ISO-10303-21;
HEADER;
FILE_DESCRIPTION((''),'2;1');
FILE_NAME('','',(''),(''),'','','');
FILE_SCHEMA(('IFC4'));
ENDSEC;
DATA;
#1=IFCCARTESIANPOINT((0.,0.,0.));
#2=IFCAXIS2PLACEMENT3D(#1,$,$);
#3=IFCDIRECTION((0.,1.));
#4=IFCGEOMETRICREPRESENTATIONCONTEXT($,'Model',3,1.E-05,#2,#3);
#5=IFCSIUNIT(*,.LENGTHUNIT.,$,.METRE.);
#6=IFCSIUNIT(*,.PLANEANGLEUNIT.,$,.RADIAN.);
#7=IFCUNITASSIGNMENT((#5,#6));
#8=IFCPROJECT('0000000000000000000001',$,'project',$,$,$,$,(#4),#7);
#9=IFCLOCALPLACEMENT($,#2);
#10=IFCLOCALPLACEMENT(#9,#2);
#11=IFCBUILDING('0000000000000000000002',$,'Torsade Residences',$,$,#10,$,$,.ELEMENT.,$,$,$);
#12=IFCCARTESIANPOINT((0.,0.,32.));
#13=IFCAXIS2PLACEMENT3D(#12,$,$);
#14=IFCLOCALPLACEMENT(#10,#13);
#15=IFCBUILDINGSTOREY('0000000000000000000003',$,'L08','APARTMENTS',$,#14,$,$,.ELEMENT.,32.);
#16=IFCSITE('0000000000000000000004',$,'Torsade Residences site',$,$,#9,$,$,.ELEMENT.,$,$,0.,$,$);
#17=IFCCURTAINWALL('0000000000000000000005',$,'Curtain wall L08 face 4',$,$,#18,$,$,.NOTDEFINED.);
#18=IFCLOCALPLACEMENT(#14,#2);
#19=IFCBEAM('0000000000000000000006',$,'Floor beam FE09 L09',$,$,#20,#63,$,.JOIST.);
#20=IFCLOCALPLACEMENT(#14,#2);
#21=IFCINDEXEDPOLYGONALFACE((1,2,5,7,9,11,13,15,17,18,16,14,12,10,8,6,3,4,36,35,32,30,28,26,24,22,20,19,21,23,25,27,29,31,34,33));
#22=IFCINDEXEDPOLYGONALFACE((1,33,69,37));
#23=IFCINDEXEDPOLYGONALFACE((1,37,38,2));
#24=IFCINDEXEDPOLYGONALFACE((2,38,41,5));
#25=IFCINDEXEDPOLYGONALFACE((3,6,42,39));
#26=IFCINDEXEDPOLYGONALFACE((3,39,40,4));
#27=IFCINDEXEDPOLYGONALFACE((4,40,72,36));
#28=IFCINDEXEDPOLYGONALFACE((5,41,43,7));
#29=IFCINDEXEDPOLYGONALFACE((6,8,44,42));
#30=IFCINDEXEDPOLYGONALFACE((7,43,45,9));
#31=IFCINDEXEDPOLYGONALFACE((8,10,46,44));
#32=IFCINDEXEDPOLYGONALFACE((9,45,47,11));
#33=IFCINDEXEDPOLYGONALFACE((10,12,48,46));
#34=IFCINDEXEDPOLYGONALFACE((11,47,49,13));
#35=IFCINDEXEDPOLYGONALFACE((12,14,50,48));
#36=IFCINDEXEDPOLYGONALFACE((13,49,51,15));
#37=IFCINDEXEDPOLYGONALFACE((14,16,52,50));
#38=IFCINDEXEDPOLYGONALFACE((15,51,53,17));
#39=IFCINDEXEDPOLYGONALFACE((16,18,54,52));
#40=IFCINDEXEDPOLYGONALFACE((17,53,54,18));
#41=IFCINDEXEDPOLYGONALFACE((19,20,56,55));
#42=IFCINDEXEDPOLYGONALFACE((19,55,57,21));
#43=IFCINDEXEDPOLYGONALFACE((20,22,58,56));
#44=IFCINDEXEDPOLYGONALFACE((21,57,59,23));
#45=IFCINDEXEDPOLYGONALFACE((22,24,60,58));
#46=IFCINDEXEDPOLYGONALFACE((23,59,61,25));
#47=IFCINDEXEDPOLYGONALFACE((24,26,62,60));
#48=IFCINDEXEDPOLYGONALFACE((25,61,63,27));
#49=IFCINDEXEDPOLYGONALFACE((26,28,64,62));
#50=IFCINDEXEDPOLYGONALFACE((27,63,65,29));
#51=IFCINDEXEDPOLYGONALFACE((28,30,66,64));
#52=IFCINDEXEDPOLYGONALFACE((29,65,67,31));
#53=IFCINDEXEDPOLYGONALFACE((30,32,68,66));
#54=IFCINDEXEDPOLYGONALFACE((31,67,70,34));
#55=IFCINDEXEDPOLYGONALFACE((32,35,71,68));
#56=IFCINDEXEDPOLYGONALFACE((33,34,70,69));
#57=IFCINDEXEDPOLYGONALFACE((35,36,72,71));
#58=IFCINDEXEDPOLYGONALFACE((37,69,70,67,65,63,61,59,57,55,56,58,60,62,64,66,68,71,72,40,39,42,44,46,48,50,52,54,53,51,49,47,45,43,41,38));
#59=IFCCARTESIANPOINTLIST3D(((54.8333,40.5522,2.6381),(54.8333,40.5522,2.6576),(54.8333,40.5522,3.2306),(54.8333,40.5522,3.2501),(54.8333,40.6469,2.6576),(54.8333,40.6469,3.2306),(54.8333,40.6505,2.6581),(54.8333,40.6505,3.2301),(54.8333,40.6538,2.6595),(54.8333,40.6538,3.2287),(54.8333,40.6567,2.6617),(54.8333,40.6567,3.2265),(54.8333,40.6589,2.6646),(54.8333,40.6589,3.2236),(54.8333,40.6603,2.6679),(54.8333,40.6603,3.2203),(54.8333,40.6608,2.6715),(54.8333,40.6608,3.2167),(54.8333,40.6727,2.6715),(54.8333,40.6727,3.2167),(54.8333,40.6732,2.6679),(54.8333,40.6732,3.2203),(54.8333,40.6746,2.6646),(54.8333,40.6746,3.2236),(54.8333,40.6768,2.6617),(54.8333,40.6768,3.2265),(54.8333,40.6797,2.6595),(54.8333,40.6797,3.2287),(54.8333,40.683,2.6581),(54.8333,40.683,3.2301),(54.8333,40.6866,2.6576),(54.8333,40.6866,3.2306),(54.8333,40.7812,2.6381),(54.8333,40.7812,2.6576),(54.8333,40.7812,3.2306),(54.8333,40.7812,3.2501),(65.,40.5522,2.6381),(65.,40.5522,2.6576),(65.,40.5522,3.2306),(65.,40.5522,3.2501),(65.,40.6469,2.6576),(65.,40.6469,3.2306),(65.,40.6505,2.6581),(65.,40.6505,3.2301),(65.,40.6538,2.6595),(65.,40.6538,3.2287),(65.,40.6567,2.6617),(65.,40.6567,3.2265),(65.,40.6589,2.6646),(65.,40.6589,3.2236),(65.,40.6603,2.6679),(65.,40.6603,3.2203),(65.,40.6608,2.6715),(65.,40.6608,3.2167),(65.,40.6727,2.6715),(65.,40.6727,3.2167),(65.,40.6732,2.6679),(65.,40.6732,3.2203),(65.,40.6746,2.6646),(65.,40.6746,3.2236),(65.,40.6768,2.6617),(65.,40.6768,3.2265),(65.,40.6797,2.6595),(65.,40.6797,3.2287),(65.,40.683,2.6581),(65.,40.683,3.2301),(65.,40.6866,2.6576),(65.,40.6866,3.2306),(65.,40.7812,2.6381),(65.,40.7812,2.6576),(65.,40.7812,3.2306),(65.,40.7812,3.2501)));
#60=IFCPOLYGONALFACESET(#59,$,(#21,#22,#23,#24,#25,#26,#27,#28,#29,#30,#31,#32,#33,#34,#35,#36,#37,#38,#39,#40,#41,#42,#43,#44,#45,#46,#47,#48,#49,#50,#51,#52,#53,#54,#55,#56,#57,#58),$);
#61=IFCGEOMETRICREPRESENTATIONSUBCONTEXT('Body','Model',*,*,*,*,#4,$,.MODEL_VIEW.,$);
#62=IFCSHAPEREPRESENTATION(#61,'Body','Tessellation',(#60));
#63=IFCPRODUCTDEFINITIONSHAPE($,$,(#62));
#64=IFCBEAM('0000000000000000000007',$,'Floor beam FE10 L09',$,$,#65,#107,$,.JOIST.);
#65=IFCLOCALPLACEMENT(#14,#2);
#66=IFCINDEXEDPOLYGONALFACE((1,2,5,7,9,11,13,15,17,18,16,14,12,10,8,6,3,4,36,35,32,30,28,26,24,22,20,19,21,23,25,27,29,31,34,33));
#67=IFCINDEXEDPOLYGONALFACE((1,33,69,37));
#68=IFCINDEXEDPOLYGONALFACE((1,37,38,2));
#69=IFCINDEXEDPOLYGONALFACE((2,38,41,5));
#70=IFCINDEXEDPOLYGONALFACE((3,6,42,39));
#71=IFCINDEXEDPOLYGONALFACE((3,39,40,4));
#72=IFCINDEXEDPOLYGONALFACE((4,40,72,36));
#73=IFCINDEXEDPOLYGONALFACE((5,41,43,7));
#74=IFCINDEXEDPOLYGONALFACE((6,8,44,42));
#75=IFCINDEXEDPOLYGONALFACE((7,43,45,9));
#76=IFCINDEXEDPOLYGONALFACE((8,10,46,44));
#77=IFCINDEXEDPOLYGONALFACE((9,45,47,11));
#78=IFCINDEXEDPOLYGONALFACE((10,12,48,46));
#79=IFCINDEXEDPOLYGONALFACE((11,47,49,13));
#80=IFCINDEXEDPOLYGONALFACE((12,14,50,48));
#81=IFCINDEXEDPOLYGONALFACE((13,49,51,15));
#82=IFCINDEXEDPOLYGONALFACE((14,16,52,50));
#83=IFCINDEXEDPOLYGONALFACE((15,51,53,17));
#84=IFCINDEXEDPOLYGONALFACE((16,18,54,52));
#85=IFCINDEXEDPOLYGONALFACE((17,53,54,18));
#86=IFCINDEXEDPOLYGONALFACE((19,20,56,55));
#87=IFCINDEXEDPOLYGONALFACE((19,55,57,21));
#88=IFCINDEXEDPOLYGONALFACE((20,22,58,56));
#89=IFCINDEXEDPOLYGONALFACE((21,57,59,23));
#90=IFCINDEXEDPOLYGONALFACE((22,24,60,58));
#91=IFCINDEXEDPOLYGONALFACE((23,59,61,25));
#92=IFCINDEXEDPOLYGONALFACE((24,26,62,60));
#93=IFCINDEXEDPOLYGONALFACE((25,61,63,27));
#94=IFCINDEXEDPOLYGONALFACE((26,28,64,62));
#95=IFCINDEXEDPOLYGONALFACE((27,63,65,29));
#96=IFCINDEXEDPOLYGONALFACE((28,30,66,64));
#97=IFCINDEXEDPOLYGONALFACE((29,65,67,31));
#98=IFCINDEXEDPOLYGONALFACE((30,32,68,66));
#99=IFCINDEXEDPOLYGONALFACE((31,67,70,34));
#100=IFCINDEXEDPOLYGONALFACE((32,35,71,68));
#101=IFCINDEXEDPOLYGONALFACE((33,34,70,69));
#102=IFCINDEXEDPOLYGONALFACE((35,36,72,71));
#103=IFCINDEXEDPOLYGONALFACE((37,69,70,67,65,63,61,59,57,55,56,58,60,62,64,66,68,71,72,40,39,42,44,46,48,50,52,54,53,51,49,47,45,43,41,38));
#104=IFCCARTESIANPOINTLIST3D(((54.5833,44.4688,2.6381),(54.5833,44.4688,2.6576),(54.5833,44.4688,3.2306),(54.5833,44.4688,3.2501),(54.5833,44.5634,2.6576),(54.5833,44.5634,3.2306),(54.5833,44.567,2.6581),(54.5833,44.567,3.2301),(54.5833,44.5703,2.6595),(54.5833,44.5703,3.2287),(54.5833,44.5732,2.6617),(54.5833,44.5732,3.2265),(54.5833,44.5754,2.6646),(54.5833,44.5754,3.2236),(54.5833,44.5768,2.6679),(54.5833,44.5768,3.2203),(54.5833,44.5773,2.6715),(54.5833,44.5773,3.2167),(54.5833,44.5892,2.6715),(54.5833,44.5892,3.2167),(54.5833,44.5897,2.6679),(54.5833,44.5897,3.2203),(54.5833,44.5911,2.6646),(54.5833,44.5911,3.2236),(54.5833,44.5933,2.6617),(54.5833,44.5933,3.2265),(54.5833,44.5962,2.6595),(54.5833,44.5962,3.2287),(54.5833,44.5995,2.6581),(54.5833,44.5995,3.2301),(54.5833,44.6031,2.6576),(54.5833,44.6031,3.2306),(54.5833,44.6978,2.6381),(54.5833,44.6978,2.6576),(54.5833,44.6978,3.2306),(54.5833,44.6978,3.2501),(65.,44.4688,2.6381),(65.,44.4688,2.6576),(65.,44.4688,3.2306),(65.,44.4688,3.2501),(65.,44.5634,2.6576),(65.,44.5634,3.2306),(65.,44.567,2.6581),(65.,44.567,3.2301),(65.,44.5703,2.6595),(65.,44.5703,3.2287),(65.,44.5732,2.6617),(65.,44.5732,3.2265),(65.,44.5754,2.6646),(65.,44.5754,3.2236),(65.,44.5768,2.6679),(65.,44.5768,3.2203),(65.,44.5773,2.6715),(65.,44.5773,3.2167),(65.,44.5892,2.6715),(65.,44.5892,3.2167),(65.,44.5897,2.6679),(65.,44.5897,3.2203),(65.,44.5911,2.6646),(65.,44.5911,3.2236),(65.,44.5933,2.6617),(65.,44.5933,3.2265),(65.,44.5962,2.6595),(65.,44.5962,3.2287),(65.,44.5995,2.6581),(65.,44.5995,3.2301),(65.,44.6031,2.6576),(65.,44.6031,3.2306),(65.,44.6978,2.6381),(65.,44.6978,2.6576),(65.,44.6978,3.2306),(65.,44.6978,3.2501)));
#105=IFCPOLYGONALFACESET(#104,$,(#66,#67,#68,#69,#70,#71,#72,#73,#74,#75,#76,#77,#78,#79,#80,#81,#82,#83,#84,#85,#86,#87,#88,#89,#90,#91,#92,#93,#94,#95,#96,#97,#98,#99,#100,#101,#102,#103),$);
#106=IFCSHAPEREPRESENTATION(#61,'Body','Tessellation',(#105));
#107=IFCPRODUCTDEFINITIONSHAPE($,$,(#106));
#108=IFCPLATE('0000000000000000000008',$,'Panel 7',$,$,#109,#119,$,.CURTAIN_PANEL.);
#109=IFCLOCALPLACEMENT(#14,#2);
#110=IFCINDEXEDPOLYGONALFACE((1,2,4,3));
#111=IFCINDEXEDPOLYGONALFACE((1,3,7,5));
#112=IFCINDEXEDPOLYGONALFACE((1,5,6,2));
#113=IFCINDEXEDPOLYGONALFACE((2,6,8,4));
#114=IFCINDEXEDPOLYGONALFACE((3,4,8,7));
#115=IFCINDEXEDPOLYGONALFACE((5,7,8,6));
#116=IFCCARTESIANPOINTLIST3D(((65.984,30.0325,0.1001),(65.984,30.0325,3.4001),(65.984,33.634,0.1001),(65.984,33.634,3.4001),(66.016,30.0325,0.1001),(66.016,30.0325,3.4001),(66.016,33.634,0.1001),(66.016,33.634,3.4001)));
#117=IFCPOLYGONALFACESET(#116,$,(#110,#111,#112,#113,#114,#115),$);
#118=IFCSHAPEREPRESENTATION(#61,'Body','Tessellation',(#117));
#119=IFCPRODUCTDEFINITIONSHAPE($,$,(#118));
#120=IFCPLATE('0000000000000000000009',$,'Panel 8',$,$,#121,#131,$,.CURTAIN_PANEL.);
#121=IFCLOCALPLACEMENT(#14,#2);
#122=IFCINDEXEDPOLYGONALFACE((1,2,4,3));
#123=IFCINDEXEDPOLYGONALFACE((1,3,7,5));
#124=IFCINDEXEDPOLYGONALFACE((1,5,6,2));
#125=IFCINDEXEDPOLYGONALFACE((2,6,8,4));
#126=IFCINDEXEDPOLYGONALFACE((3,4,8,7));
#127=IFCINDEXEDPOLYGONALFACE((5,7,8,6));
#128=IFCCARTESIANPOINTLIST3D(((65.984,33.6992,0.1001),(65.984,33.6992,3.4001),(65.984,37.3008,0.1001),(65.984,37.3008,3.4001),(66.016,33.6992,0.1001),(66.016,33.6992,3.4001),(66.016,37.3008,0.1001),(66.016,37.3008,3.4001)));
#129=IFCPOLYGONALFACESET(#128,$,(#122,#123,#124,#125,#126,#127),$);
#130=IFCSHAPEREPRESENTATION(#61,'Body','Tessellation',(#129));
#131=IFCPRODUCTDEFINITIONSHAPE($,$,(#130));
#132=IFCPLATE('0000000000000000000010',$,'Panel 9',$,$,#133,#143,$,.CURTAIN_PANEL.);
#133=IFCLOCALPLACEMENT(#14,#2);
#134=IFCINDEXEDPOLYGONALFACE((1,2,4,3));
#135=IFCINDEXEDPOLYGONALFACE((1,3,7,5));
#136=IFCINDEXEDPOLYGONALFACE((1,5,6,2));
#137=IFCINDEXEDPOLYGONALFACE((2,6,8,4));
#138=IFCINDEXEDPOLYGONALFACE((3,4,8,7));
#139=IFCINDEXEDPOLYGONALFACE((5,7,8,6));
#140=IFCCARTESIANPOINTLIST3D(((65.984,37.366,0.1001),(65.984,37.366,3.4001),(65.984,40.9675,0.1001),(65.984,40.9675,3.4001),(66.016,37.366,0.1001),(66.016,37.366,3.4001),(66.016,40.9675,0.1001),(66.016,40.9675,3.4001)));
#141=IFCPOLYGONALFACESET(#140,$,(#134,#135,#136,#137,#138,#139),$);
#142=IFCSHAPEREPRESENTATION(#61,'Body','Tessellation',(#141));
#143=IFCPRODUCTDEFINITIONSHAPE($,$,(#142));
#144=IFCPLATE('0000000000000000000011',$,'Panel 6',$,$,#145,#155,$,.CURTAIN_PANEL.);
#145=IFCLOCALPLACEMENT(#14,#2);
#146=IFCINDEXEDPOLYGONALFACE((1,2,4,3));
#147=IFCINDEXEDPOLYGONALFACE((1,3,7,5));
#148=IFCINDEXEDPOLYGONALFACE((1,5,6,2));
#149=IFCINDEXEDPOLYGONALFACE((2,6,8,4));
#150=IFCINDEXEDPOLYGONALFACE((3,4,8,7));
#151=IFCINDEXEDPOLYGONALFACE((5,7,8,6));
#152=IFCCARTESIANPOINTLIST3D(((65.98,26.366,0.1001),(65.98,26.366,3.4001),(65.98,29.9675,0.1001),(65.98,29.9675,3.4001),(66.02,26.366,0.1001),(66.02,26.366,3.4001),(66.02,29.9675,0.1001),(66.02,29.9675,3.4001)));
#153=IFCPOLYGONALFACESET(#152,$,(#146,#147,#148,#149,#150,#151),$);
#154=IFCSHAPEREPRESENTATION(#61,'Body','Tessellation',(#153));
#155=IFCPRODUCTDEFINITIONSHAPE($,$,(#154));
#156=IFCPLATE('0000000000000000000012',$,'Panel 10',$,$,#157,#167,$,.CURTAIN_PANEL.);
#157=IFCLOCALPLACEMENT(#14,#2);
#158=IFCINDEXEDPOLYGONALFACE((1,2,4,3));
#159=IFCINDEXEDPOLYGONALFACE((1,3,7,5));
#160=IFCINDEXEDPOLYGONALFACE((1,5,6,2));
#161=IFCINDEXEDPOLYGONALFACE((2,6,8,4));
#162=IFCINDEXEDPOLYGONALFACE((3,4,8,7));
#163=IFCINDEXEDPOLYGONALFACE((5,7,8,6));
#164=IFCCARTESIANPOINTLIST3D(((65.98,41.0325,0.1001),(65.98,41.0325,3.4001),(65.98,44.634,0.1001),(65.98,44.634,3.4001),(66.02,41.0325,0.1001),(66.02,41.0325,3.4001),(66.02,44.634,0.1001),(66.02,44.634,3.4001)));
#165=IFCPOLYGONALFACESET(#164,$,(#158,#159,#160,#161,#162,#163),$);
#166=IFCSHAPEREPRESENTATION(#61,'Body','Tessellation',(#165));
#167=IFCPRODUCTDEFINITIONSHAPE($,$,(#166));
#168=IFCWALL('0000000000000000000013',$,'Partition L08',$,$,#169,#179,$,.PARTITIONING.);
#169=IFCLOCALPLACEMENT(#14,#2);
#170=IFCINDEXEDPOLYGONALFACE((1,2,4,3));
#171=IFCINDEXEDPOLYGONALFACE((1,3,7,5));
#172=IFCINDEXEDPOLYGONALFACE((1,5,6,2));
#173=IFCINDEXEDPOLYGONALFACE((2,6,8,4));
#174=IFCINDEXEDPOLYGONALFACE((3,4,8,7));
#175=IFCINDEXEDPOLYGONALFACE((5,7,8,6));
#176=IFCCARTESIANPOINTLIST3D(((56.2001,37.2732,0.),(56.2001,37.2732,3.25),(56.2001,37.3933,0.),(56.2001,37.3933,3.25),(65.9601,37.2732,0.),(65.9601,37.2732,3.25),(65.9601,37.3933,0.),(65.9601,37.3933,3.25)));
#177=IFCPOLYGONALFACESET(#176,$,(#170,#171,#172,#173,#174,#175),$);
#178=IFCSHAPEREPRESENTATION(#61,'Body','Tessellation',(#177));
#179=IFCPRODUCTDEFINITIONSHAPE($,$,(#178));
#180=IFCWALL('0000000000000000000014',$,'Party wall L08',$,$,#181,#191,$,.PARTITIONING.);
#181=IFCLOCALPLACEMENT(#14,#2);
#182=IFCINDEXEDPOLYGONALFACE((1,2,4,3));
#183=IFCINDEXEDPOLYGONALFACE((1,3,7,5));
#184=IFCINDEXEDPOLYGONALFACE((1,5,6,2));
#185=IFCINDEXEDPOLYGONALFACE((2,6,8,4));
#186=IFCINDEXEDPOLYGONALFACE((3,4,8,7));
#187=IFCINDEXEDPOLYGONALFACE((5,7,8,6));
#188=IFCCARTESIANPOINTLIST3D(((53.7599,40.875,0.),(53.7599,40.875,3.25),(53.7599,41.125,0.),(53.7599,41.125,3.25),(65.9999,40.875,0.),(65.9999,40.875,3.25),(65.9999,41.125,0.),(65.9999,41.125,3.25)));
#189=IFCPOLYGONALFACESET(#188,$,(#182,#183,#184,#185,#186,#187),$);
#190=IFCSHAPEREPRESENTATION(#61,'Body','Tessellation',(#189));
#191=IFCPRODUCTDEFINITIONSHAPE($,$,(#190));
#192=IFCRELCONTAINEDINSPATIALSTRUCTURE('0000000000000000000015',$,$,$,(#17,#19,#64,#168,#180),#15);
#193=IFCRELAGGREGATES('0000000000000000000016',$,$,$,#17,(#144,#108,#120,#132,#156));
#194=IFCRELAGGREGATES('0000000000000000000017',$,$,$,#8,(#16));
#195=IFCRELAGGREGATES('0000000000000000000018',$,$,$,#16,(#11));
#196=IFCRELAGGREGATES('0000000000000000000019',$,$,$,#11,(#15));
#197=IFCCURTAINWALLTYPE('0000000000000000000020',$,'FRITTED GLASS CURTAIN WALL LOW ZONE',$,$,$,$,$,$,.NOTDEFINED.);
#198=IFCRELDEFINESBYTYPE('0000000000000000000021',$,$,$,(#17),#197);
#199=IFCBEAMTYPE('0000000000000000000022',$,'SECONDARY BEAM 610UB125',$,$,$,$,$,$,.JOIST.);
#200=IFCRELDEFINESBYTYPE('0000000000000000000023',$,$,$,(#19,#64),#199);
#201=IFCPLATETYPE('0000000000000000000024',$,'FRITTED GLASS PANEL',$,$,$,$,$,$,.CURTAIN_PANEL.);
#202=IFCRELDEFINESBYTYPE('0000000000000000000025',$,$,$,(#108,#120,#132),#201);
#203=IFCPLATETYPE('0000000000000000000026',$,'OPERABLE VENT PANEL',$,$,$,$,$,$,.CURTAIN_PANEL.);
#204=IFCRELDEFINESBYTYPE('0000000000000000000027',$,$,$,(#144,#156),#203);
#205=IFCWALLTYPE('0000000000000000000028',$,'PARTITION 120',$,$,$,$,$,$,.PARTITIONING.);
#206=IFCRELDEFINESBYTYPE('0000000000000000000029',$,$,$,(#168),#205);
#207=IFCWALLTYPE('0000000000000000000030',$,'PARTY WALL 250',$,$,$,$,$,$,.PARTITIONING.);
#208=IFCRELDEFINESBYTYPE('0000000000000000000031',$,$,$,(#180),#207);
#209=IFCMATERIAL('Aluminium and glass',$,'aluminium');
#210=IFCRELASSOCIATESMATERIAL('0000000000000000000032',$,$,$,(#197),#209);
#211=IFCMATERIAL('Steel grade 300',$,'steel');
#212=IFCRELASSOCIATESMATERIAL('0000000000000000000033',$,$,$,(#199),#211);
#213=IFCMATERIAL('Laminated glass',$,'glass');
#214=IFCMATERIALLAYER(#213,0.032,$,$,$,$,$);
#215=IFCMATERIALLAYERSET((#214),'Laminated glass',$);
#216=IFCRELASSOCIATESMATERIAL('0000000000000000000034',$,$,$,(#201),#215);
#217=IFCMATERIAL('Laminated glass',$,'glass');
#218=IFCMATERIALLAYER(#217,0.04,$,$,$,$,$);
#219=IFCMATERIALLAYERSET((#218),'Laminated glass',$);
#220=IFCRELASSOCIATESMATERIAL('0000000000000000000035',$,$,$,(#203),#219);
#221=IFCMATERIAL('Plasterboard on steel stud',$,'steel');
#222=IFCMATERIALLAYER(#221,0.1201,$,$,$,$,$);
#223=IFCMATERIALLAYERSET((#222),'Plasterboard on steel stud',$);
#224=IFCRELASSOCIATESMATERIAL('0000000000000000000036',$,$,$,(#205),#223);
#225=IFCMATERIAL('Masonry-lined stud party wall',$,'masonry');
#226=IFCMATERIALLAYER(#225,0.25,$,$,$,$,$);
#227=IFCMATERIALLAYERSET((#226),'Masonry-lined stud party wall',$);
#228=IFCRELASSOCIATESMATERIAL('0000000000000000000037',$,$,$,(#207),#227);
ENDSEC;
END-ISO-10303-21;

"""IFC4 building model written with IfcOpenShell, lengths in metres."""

from ifc_helpers import new_model, si_unit, direction, frame, frame_2d, origin, origin_2d, place, context, subcontext, project, spatial, rectangle, i_section, extrude, material, layer, layer_set, material_profile, profile_set, type_object, element, aggregate, save


model = new_model("IFC4")

# Units and contexts
model_context = context("Model", 3, precision=1e-05, world=origin(), true_north=direction((0.0, 1.0)))
body_context = subcontext(model_context, "Body", "Model", "MODEL_VIEW")
ifc_project = project(units=[si_unit("LENGTHUNIT", "METRE"), si_unit("PLANEANGLEUNIT", "RADIAN")], contexts=[model_context])

# Site, building, storey
site_placement = place(None, origin())
site = spatial("IfcSite", under=ifc_project, at=site_placement, Name="Torsade Residences site", CompositionType="ELEMENT", RefElevation=0.0)
building_placement = place(site_placement, origin())
building = spatial("IfcBuilding", under=site, at=building_placement, Name="Torsade Residences", CompositionType="ELEMENT")
storey_placement = place(building_placement, frame((0.0, 0.0, 32.0)))
storey = spatial("IfcBuildingStorey", under=building, at=storey_placement, Name="L08", Description="APARTMENTS", CompositionType="ELEMENT", Elevation=32.0)

# Curtain wall
ifc_material_1 = material(Name="Aluminium and glass", Category="aluminium")
curtain_wall_type = type_object("IfcCurtainWallType", Name="FRITTED GLASS CURTAIN WALL LOW ZONE", PredefinedType="NOTDEFINED", material=ifc_material_1)
curtain_wall_placement = place(storey_placement, origin())
curtain_wall = element("IfcCurtainWall", 1, at=curtain_wall_placement, inside=storey, type_object=curtain_wall_type, Name="Curtain wall L08 face 4", PredefinedType="NOTDEFINED")

# Beams
ifc_material_2 = material(Name="Steel grade 300", Category="steel")
ifc_material_profile_1 = material_profile(ifc_material_2, i_section(OverallWidth=0.229, OverallDepth=0.6121, WebThickness=0.012, FlangeThickness=0.0195, FilletRadius=0.0139, at=origin_2d()), Name="610UB125")
ifc_profile_set_1 = profile_set([ifc_material_profile_1], Name="Steel grade 300")
beam_type_1 = type_object("IfcBeamType", Name="SECONDARY BEAM 610UB125", PredefinedType="JOIST", material=ifc_profile_set_1)
beam_1_placement = place(storey_placement, frame((65.0, 40.6667, 2.9441), z_axis=(-1.0, 0.0, 0.0), x_axis=(0.0, -1.0, 0.0)))
element("IfcBeam", 2, at=beam_1_placement, inside=storey, type_object=beam_type_1, Name="Floor beam FE09 L09", PredefinedType="JOIST", context=body_context, shape_type="SweptSolid", body=[
    extrude(i_section(OverallWidth=0.229, OverallDepth=0.6121, WebThickness=0.012, FlangeThickness=0.0195, FilletRadius=0.0139, at=origin_2d()), origin(), (0.0, 0.0, 1.0), 10.1667),
])
beam_2_placement = place(storey_placement, frame((65.0, 44.5833, 2.9441), z_axis=(-1.0, 0.0, 0.0), x_axis=(0.0, -1.0, 0.0)))
element("IfcBeam", 3, at=beam_2_placement, inside=storey, type_object=beam_type_1, Name="Floor beam FE10 L09", PredefinedType="JOIST", context=body_context, shape_type="SweptSolid", body=[
    extrude(i_section(OverallWidth=0.229, OverallDepth=0.6121, WebThickness=0.012, FlangeThickness=0.0195, FilletRadius=0.0139, at=origin_2d()), origin(), (0.0, 0.0, 1.0), 10.4167),
])

# Plates
ifc_material_3 = material(Name="Laminated glass", Category="glass")
ifc_layer_1 = layer(ifc_material_3, 0.032)
ifc_layer_set_1 = layer_set([ifc_layer_1], Name="Laminated glass")
plate_type_1 = type_object("IfcPlateType", Name="FRITTED GLASS PANEL", PredefinedType="CURTAIN_PANEL", material=ifc_layer_set_1)
plate_1_placement = place(storey_placement, frame((66.0, 31.8333, 0.1001), z_axis=(0.0, 0.0, 1.0), x_axis=(0.0, 1.0, 0.0)))
plate_1 = element("IfcPlate", 4, at=plate_1_placement, type_object=plate_type_1, Name="Panel 7", PredefinedType="CURTAIN_PANEL", context=body_context, shape_type="SweptSolid", body=[
    extrude(rectangle(XDim=3.6016, YDim=0.032, at=origin_2d()), origin(), (0.0, 0.0, 1.0), 3.3),
])
plate_2_placement = place(storey_placement, frame((66.0, 35.5, 0.1001), z_axis=(0.0, 0.0, 1.0), x_axis=(0.0, 1.0, 0.0)))
plate_2 = element("IfcPlate", 5, at=plate_2_placement, type_object=plate_type_1, Name="Panel 8", PredefinedType="CURTAIN_PANEL", context=body_context, shape_type="SweptSolid", body=[
    extrude(rectangle(XDim=3.6016, YDim=0.032, at=origin_2d()), origin(), (0.0, 0.0, 1.0), 3.3),
])
plate_3_placement = place(storey_placement, frame((66.0, 39.1667, 0.1001), z_axis=(0.0, 0.0, 1.0), x_axis=(0.0, 1.0, 0.0)))
plate_3 = element("IfcPlate", 6, at=plate_3_placement, type_object=plate_type_1, Name="Panel 9", PredefinedType="CURTAIN_PANEL", context=body_context, shape_type="SweptSolid", body=[
    extrude(rectangle(XDim=3.6016, YDim=0.032, at=origin_2d()), origin(), (0.0, 0.0, 1.0), 3.3),
])
ifc_material_4 = material(Name="Laminated glass", Category="glass")
ifc_layer_2 = layer(ifc_material_4, 0.04)
ifc_layer_set_2 = layer_set([ifc_layer_2], Name="Laminated glass")
plate_type_2 = type_object("IfcPlateType", Name="OPERABLE VENT PANEL", PredefinedType="CURTAIN_PANEL", material=ifc_layer_set_2)
plate_4_placement = place(storey_placement, frame((66.0, 28.1667, 0.1001), z_axis=(0.0, 0.0, 1.0), x_axis=(0.0, 1.0, 0.0)))
plate_4 = element("IfcPlate", 7, at=plate_4_placement, type_object=plate_type_2, Name="Panel 6", PredefinedType="CURTAIN_PANEL", context=body_context, shape_type="SweptSolid", body=[
    extrude(rectangle(XDim=3.6016, YDim=0.04, at=origin_2d()), origin(), (0.0, 0.0, 1.0), 3.3),
])
plate_5_placement = place(storey_placement, frame((66.0, 42.8333, 0.1001), z_axis=(0.0, 0.0, 1.0), x_axis=(0.0, 1.0, 0.0)))
plate_5 = element("IfcPlate", 8, at=plate_5_placement, type_object=plate_type_2, Name="Panel 10", PredefinedType="CURTAIN_PANEL", context=body_context, shape_type="SweptSolid", body=[
    extrude(rectangle(XDim=3.6016, YDim=0.04, at=origin_2d()), origin(), (0.0, 0.0, 1.0), 3.3),
])
aggregate(curtain_wall, [plate_4, plate_1, plate_2, plate_3, plate_5])

# Walls
ifc_material_5 = material(Name="Plasterboard on steel stud", Category="steel")
ifc_layer_3 = layer(ifc_material_5, 0.1201)
ifc_layer_set_3 = layer_set([ifc_layer_3], Name="Plasterboard on steel stud")
wall_type_1 = type_object("IfcWallType", Name="PARTITION 120", PredefinedType="PARTITIONING", material=ifc_layer_set_3)
wall_1_placement = place(storey_placement, frame((65.96, 37.3333, 0.0), z_axis=(0.0, 0.0, 1.0), x_axis=(-1.0, 0.0, 0.0)))
element("IfcWall", 9, at=wall_1_placement, inside=storey, type_object=wall_type_1, Name="Partition L08", PredefinedType="PARTITIONING", context=body_context, shape_type="SweptSolid", body=[
    extrude(rectangle(XDim=9.76, YDim=0.1201, at=frame_2d((4.8799, 0.0))), origin(), (0.0, 0.0, 1.0), 3.25),
])
ifc_material_6 = material(Name="Masonry-lined stud party wall", Category="masonry")
ifc_layer_4 = layer(ifc_material_6, 0.25)
ifc_layer_set_4 = layer_set([ifc_layer_4], Name="Masonry-lined stud party wall")
wall_type_2 = type_object("IfcWallType", Name="PARTY WALL 250", PredefinedType="PARTITIONING", material=ifc_layer_set_4)
wall_2_placement = place(storey_placement, frame((66.0, 41.0, 0.0), z_axis=(0.0, 0.0, 1.0), x_axis=(-1.0, 0.0, 0.0)))
element("IfcWall", 10, at=wall_2_placement, inside=storey, type_object=wall_type_2, Name="Party wall L08", PredefinedType="PARTITIONING", context=body_context, shape_type="SweptSolid", body=[
    extrude(rectangle(XDim=12.24, YDim=0.25, at=frame_2d((6.1201, 0.0))), origin(), (0.0, 0.0, 1.0), 3.25),
])

save(model, "model.ifc")
